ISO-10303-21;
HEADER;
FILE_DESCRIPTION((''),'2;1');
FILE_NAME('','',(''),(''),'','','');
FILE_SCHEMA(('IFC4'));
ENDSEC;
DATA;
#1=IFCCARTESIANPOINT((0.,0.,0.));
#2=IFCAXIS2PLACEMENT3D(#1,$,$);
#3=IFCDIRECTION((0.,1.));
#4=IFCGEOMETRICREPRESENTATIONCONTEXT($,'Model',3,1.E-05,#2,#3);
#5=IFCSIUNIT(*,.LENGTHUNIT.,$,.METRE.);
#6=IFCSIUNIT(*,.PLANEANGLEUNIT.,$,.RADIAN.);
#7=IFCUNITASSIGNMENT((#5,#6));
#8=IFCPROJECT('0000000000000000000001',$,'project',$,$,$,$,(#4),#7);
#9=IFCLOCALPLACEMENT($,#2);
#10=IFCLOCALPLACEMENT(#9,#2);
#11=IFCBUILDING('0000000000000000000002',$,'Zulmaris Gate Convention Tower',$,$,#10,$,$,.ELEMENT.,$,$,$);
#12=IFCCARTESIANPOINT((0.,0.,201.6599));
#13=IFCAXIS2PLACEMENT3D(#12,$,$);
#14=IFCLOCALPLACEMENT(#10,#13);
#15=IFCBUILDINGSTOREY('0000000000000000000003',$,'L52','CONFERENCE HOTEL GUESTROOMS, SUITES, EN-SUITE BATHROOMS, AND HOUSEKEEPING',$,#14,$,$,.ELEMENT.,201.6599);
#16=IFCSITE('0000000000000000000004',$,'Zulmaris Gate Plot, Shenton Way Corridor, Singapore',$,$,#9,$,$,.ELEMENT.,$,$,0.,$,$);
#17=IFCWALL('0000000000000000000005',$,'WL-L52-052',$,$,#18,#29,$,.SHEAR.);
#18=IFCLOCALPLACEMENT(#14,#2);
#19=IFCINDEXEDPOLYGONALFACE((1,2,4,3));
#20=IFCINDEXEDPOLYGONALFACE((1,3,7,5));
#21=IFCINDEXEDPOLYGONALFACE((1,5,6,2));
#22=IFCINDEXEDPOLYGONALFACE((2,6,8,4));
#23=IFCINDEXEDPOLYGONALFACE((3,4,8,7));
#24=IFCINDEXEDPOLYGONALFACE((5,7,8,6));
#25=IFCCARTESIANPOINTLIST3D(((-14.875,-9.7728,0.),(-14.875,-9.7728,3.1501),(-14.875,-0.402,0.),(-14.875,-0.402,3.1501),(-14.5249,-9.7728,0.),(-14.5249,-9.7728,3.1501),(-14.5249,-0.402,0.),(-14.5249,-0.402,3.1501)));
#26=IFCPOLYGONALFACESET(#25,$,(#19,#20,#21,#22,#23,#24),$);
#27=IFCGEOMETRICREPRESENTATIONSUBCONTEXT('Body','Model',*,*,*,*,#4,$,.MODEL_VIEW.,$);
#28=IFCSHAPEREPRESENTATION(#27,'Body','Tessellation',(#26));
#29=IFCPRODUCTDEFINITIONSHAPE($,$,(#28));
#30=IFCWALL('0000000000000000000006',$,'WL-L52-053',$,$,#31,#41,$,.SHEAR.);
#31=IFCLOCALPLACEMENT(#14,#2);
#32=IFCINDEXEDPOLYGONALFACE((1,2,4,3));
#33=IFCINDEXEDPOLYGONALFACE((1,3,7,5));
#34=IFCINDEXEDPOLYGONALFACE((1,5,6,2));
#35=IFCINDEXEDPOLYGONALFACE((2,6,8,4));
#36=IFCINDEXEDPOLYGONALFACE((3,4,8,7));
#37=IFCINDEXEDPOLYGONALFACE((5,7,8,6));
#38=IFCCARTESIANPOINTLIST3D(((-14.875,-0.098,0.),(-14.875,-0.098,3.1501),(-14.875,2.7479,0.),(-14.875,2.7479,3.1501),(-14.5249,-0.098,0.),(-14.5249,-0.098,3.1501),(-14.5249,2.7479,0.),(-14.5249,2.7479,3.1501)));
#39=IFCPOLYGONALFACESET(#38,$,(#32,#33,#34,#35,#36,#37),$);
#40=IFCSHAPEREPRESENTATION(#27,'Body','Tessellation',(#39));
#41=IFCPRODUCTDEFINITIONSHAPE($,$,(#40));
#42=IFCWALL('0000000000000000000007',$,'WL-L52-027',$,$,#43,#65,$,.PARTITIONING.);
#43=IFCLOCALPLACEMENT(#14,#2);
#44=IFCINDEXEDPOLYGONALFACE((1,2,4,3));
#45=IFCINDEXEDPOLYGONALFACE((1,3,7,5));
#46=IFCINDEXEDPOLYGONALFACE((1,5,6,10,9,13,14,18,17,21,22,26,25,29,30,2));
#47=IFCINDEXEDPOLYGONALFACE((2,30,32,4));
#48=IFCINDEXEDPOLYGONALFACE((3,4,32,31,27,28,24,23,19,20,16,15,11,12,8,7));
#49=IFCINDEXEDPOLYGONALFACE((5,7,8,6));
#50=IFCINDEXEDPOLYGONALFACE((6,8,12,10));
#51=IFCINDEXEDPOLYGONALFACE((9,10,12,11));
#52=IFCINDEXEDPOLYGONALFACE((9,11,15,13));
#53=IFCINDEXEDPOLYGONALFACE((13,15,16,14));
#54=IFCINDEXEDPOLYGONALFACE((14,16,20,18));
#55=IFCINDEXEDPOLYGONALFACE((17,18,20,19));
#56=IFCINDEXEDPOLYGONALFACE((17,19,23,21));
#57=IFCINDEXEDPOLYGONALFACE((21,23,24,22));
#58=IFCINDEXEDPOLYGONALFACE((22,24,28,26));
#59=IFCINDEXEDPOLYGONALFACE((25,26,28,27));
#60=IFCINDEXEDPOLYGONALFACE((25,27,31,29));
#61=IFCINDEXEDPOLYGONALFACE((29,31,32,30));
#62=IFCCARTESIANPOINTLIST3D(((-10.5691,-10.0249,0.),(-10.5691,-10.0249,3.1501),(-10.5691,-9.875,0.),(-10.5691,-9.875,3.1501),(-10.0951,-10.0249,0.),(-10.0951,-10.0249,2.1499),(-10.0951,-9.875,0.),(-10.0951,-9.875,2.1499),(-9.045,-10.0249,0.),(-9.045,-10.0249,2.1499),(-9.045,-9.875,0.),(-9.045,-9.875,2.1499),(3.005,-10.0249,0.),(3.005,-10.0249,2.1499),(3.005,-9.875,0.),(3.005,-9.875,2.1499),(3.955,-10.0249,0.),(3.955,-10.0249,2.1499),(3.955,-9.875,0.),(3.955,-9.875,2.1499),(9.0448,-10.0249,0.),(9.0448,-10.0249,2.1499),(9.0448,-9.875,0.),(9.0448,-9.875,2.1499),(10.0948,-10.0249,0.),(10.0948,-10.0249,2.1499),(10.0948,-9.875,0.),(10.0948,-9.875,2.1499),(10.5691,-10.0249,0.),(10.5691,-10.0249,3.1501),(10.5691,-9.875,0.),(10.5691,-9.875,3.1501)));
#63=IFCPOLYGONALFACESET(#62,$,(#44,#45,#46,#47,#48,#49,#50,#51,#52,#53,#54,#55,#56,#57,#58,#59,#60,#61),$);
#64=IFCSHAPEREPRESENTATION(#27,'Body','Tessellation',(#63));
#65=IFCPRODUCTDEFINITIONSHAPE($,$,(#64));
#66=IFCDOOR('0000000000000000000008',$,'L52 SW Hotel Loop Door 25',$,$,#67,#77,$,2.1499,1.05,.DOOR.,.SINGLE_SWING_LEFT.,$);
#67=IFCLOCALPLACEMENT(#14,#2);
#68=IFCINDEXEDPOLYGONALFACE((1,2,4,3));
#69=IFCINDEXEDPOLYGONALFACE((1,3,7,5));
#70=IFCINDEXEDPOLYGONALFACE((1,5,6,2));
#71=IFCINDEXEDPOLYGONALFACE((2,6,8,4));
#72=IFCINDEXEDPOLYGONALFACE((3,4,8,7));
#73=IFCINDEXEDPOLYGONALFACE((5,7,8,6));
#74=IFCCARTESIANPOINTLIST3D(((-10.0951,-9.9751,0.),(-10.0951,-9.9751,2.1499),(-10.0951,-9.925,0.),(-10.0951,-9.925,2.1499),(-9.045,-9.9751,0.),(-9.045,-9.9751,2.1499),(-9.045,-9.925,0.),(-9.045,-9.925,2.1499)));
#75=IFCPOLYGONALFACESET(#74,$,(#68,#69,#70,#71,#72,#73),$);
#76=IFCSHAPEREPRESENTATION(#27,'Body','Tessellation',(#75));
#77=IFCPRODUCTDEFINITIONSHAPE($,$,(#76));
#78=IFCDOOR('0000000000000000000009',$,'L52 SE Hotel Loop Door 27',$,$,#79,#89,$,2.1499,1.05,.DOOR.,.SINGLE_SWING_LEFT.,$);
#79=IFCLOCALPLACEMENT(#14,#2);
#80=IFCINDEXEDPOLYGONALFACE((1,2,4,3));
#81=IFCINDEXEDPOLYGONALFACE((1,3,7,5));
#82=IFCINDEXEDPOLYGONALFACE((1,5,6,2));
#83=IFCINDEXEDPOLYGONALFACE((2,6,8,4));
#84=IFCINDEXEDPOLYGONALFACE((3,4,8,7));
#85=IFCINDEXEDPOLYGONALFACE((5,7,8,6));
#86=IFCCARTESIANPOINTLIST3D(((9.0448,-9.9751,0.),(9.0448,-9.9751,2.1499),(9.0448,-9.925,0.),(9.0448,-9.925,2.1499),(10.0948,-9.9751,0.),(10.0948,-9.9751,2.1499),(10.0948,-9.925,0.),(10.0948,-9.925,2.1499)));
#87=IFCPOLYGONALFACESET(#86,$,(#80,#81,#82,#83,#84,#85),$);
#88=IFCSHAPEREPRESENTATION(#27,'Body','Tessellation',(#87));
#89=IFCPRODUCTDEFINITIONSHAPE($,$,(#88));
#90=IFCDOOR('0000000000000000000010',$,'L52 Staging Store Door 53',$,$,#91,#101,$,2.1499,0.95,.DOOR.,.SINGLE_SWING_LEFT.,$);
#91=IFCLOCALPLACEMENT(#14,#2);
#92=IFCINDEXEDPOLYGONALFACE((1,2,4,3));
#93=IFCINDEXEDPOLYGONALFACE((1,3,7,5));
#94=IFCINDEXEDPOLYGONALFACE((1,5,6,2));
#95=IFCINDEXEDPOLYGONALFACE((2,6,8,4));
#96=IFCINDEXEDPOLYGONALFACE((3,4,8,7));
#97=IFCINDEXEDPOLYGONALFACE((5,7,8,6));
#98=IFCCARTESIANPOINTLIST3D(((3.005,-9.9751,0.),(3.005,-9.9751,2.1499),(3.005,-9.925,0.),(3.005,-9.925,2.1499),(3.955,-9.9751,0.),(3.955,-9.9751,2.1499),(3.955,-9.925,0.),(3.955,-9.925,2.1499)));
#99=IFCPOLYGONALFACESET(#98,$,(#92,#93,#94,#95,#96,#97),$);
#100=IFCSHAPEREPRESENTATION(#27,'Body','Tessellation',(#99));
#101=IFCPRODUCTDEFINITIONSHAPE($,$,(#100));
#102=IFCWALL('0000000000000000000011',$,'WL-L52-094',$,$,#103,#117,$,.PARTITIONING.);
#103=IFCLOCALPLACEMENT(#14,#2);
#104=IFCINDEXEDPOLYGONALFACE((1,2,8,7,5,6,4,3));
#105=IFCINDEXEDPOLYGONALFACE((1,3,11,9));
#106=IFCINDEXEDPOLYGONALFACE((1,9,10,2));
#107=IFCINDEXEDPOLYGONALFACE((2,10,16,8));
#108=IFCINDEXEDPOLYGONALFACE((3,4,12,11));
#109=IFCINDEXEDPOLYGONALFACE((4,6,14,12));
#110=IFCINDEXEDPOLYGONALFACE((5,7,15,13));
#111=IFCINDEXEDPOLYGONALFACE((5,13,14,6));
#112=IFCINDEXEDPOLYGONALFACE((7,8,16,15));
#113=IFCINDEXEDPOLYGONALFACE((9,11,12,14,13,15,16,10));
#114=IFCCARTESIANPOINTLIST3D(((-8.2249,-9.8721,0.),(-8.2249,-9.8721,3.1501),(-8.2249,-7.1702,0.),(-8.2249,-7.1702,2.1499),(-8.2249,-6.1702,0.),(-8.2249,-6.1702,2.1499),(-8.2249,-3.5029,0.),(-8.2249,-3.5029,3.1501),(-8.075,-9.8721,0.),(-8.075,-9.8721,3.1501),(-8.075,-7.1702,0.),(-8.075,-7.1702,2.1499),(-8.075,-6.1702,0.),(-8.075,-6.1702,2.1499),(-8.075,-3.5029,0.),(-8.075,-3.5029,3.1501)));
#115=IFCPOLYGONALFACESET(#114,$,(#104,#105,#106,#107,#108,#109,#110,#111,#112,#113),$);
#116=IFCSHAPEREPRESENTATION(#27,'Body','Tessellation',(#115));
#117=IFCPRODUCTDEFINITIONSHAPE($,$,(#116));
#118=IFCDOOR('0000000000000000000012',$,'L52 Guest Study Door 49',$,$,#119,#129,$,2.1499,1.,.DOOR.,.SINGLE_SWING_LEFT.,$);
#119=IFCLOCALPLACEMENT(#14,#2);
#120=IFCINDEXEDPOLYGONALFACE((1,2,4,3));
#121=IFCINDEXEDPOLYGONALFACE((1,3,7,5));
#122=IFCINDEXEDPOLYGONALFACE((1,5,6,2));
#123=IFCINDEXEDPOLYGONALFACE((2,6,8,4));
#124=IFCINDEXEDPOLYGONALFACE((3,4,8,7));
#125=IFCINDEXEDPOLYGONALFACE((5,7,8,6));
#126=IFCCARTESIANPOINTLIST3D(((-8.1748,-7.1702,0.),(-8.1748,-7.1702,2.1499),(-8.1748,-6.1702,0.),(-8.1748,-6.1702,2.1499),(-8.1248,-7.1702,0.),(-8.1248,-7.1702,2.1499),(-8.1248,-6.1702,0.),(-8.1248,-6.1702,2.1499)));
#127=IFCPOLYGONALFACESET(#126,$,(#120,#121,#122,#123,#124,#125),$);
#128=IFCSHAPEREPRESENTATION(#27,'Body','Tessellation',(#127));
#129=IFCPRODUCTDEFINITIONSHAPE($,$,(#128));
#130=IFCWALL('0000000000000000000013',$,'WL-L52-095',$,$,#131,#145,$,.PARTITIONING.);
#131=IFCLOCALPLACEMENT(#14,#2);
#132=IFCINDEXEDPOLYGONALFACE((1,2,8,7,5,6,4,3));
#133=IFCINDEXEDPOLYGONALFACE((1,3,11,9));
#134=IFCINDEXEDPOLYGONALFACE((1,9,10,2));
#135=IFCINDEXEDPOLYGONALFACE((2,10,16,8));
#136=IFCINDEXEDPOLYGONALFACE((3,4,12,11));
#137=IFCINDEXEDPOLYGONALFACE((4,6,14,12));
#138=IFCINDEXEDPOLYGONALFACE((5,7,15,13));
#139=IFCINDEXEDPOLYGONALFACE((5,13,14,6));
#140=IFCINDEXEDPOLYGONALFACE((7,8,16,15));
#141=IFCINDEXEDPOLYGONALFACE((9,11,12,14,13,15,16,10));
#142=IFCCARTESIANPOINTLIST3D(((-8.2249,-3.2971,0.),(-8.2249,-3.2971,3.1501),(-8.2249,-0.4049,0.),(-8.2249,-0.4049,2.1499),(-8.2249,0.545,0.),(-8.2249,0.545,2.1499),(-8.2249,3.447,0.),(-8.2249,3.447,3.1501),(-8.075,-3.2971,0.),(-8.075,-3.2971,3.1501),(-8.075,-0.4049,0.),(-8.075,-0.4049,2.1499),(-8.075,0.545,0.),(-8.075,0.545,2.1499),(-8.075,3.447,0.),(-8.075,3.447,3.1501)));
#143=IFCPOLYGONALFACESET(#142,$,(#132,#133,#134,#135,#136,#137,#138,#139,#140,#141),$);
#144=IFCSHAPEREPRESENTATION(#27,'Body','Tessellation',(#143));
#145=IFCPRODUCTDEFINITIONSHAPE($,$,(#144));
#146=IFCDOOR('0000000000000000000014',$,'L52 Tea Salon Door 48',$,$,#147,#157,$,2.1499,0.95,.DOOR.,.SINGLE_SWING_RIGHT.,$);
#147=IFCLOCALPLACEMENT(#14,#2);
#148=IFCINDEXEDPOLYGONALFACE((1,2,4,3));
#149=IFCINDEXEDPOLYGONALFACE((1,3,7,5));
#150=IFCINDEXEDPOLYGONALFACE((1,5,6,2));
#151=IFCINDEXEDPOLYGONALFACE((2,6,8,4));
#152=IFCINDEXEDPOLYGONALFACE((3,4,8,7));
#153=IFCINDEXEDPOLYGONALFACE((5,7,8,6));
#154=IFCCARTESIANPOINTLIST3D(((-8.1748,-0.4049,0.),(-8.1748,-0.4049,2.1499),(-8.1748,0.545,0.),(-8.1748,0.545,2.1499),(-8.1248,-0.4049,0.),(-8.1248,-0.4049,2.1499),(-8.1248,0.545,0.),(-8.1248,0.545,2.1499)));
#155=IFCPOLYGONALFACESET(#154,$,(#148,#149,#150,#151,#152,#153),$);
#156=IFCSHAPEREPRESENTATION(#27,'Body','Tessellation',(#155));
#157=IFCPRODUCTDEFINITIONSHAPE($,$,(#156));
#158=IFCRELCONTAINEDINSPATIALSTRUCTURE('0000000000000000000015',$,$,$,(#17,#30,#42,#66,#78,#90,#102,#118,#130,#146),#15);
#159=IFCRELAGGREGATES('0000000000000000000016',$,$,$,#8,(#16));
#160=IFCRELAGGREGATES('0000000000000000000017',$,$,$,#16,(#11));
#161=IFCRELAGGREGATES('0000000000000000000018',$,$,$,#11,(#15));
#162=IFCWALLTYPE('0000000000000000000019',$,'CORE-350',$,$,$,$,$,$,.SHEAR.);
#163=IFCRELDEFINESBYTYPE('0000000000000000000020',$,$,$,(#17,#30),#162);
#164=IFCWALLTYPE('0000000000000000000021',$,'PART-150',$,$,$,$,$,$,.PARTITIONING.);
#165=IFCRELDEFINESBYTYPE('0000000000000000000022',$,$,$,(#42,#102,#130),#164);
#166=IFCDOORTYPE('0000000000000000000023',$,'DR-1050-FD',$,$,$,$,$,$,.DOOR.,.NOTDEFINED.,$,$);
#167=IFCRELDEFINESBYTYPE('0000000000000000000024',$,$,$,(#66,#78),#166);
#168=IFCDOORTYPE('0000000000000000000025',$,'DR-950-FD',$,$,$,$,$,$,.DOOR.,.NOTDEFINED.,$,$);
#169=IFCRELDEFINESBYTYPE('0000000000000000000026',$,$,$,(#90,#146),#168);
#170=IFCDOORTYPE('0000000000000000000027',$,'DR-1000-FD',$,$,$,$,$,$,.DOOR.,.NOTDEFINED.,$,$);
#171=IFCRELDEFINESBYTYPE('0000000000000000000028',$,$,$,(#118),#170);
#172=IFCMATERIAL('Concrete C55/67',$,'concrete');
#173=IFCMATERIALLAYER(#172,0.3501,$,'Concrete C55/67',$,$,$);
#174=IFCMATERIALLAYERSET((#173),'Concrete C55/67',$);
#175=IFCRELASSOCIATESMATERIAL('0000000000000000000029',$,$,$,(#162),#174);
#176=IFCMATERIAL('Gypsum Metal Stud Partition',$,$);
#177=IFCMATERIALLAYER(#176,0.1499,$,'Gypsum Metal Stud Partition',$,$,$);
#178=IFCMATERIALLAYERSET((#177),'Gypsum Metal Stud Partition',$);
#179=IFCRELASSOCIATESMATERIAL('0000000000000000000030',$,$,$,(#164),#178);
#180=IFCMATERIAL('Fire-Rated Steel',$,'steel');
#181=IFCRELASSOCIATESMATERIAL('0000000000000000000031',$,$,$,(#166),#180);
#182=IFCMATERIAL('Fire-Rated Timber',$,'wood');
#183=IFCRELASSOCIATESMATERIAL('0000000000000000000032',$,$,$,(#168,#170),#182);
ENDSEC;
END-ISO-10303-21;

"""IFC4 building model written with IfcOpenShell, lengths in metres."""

from ifc_helpers import new_model, si_unit, direction, frame, frame_2d, origin, place, context, subcontext, project, spatial, rectangle, extrude, material, layer, layer_set, type_object, element, fill, save


model = new_model("IFC4")

# Units and contexts
model_context = context("Model", 3, precision=1e-05, world=origin(), true_north=direction((0.0, 1.0)))
body_context = subcontext(model_context, "Body", "Model", "MODEL_VIEW")
ifc_project = project(units=[si_unit("LENGTHUNIT", "METRE"), si_unit("PLANEANGLEUNIT", "RADIAN")], contexts=[model_context])

# Site, building, storey
site_placement = place(None, origin())
site = spatial("IfcSite", under=ifc_project, at=site_placement, Name="Zulmaris Gate Plot, Shenton Way Corridor, Singapore", CompositionType="ELEMENT", RefElevation=0.0)
building_placement = place(site_placement, origin())
building = spatial("IfcBuilding", under=site, at=building_placement, Name="Zulmaris Gate Convention Tower", CompositionType="ELEMENT")
storey_placement = place(building_placement, frame((0.0, 0.0, 201.6599)))
storey = spatial("IfcBuildingStorey", under=building, at=storey_placement, Name="L52", Description="CONFERENCE HOTEL GUESTROOMS, SUITES, EN-SUITE BATHROOMS, AND HOUSEKEEPING", CompositionType="ELEMENT", Elevation=201.6599)

# Walls
ifc_material_1 = material(Name="Concrete C55/67", Category="concrete")
ifc_layer_1 = layer(ifc_material_1, 0.3501, Name="Concrete C55/67")
ifc_layer_set_1 = layer_set([ifc_layer_1], Name="Concrete C55/67")
wall_type_1 = type_object("IfcWallType", Name="CORE-350", PredefinedType="SHEAR", material=ifc_layer_set_1)
wall_1_placement = place(storey_placement, frame((-14.7, -9.7729, 0.0), z_axis=(0.0, 0.0, 1.0), x_axis=(0.0, 1.0, 0.0)))
element("IfcWall", 1, at=wall_1_placement, inside=storey, type_object=wall_type_1, Name="WL-L52-052", PredefinedType="SHEAR", context=body_context, shape_type="SweptSolid", body=[
    extrude(rectangle(XDim=9.3708, YDim=0.3501, at=frame_2d((4.6855, 0.0))), origin(), (0.0, 0.0, 1.0), 3.1501),
])
wall_2_placement = place(storey_placement, frame((-14.7, -0.0979, 0.0), z_axis=(0.0, 0.0, 1.0), x_axis=(0.0, 1.0, 0.0)))
element("IfcWall", 2, at=wall_2_placement, inside=storey, type_object=wall_type_1, Name="WL-L52-053", PredefinedType="SHEAR", context=body_context, shape_type="SweptSolid", body=[
    extrude(rectangle(XDim=2.8459, YDim=0.3501, at=frame_2d((1.4229, 0.0))), origin(), (0.0, 0.0, 1.0), 3.1501),
])

# Wall, openings, doors
ifc_material_2 = material(Name="Gypsum Metal Stud Partition")
ifc_layer_2 = layer(ifc_material_2, 0.1499, Name="Gypsum Metal Stud Partition")
ifc_layer_set_2 = layer_set([ifc_layer_2], Name="Gypsum Metal Stud Partition")
wall_type_2 = type_object("IfcWallType", Name="PART-150", PredefinedType="PARTITIONING", material=ifc_layer_set_2)
wall_3_placement = place(storey_placement, frame((-10.5691, -9.95, 0.0), z_axis=(0.0, 0.0, 1.0), x_axis=(1.0, 0.0, 0.0)))
wall_3 = element("IfcWall", 3, at=wall_3_placement, inside=storey, type_object=wall_type_2, Name="WL-L52-027", PredefinedType="PARTITIONING", context=body_context, shape_type="SweptSolid", body=[
    extrude(rectangle(XDim=21.1382, YDim=0.1499, at=frame_2d((10.5691, 0.0))), origin(), (0.0, 0.0, 1.0), 3.1501),
])
opening_1_placement = place(wall_3_placement, frame((0.4741, 0.0, 0.0)))
opening_1 = element("IfcOpeningElement", 4, at=opening_1_placement, cuts=wall_3, PredefinedType="OPENING", context=body_context, shape_type="SweptSolid", body=[
    extrude(rectangle(XDim=1.05, YDim=2.1499, at=frame_2d((0.5249, 1.075))), frame((0.0, 0.085, 0.0), z_axis=(0.0, -1.0, 0.0), x_axis=(1.0, 0.0, 0.0)), (0.0, 0.0, 1.0), 0.1699),
])
opening_2_placement = place(wall_3_placement, frame((19.614, 0.0, 0.0)))
opening_2 = element("IfcOpeningElement", 5, at=opening_2_placement, cuts=wall_3, PredefinedType="OPENING", context=body_context, shape_type="SweptSolid", body=[
    extrude(rectangle(XDim=1.05, YDim=2.1499, at=frame_2d((0.5249, 1.075))), frame((0.0, 0.085, 0.0), z_axis=(0.0, -1.0, 0.0), x_axis=(1.0, 0.0, 0.0)), (0.0, 0.0, 1.0), 0.1699),
])
opening_3_placement = place(wall_3_placement, frame((13.574, 0.0, 0.0)))
opening_3 = element("IfcOpeningElement", 6, at=opening_3_placement, cuts=wall_3, PredefinedType="OPENING", context=body_context, shape_type="SweptSolid", body=[
    extrude(rectangle(XDim=0.95, YDim=2.1499, at=frame_2d((0.4751, 1.075))), frame((0.0, 0.085, 0.0), z_axis=(0.0, -1.0, 0.0), x_axis=(1.0, 0.0, 0.0)), (0.0, 0.0, 1.0), 0.1699),
])
ifc_material_3 = material(Name="Fire-Rated Steel", Category="steel")
door_type_1 = type_object("IfcDoorType", Name="DR-1050-FD", OperationType="NOTDEFINED", PredefinedType="DOOR", material=ifc_material_3)
door_1_placement = place(opening_1_placement, origin())
door_1 = element("IfcDoor", 7, at=door_1_placement, inside=storey, type_object=door_type_1, Name="L52 SW Hotel Loop Door 25", OperationType="SINGLE_SWING_LEFT", OverallHeight=2.1499, OverallWidth=1.05, PredefinedType="DOOR", context=body_context, shape_type="SweptSolid", body=[
    extrude(rectangle(XDim=1.05, YDim=2.1499, at=frame_2d((0.5249, 1.075))), frame((0.0, 0.0249, 0.0), z_axis=(0.0, -1.0, 0.0), x_axis=(1.0, 0.0, 0.0)), (0.0, 0.0, 1.0), 0.05),
])
fill(opening_1, door_1)
door_2_placement = place(opening_2_placement, origin())
door_2 = element("IfcDoor", 8, at=door_2_placement, inside=storey, type_object=door_type_1, Name="L52 SE Hotel Loop Door 27", OperationType="SINGLE_SWING_LEFT", OverallHeight=2.1499, OverallWidth=1.05, PredefinedType="DOOR", context=body_context, shape_type="SweptSolid", body=[
    extrude(rectangle(XDim=1.05, YDim=2.1499, at=frame_2d((0.5249, 1.075))), frame((0.0, 0.0249, 0.0), z_axis=(0.0, -1.0, 0.0), x_axis=(1.0, 0.0, 0.0)), (0.0, 0.0, 1.0), 0.05),
])
fill(opening_2, door_2)
ifc_material_4 = material(Name="Fire-Rated Timber", Category="wood")
door_type_2 = type_object("IfcDoorType", Name="DR-950-FD", OperationType="NOTDEFINED", PredefinedType="DOOR", material=ifc_material_4)
door_3_placement = place(opening_3_placement, origin())
door_3 = element("IfcDoor", 9, at=door_3_placement, inside=storey, type_object=door_type_2, Name="L52 Staging Store Door 53", OperationType="SINGLE_SWING_LEFT", OverallHeight=2.1499, OverallWidth=0.95, PredefinedType="DOOR", context=body_context, shape_type="SweptSolid", body=[
    extrude(rectangle(XDim=0.95, YDim=2.1499, at=frame_2d((0.4751, 1.075))), frame((0.0, 0.0249, 0.0), z_axis=(0.0, -1.0, 0.0), x_axis=(1.0, 0.0, 0.0)), (0.0, 0.0, 1.0), 0.05),
])
fill(opening_3, door_3)

# Walls, openings, doors
wall_4_placement = place(storey_placement, frame((-8.1499, -9.8721, 0.0), z_axis=(0.0, 0.0, 1.0), x_axis=(0.0, 1.0, 0.0)))
wall_4 = element("IfcWall", 10, at=wall_4_placement, inside=storey, type_object=wall_type_2, Name="WL-L52-094", PredefinedType="PARTITIONING", context=body_context, shape_type="SweptSolid", body=[
    extrude(rectangle(XDim=6.3691, YDim=0.1499, at=frame_2d((3.1846, 0.0))), origin(), (0.0, 0.0, 1.0), 3.1501),
])
opening_4_placement = place(wall_4_placement, frame((2.7019, 0.0, 0.0)))
opening_4 = element("IfcOpeningElement", 11, at=opening_4_placement, cuts=wall_4, PredefinedType="OPENING", context=body_context, shape_type="SweptSolid", body=[
    extrude(rectangle(XDim=1.0, YDim=2.1499, at=frame_2d((0.5, 1.075))), frame((0.0, 0.085, 0.0), z_axis=(0.0, -1.0, 0.0), x_axis=(1.0, 0.0, 0.0)), (0.0, 0.0, 1.0), 0.1699),
])
door_type_3 = type_object("IfcDoorType", Name="DR-1000-FD", OperationType="NOTDEFINED", PredefinedType="DOOR", material=ifc_material_4)
door_4_placement = place(opening_4_placement, origin())
door_4 = element("IfcDoor", 12, at=door_4_placement, inside=storey, type_object=door_type_3, Name="L52 Guest Study Door 49", OperationType="SINGLE_SWING_LEFT", OverallHeight=2.1499, OverallWidth=1.0, PredefinedType="DOOR", context=body_context, shape_type="SweptSolid", body=[
    extrude(rectangle(XDim=1.0, YDim=2.1499, at=frame_2d((0.5, 1.075))), frame((0.0, 0.0249, 0.0), z_axis=(0.0, -1.0, 0.0), x_axis=(1.0, 0.0, 0.0)), (0.0, 0.0, 1.0), 0.05),
])
fill(opening_4, door_4)
wall_5_placement = place(storey_placement, frame((-8.1499, -3.2971, 0.0), z_axis=(0.0, 0.0, 1.0), x_axis=(0.0, 1.0, 0.0)))
wall_5 = element("IfcWall", 13, at=wall_5_placement, inside=storey, type_object=wall_type_2, Name="WL-L52-095", PredefinedType="PARTITIONING", context=body_context, shape_type="SweptSolid", body=[
    extrude(rectangle(XDim=6.7441, YDim=0.1499, at=frame_2d((3.3721, 0.0))), origin(), (0.0, 0.0, 1.0), 3.1501),
])
opening_5_placement = place(wall_5_placement, frame((2.8921, 0.0, 0.0)))
opening_5 = element("IfcOpeningElement", 14, at=opening_5_placement, cuts=wall_5, PredefinedType="OPENING", context=body_context, shape_type="SweptSolid", body=[
    extrude(rectangle(XDim=0.95, YDim=2.1499, at=frame_2d((0.4751, 1.075))), frame((0.0, 0.085, 0.0), z_axis=(0.0, -1.0, 0.0), x_axis=(1.0, 0.0, 0.0)), (0.0, 0.0, 1.0), 0.1699),
])
door_5_placement = place(opening_5_placement, origin())
door_5 = element("IfcDoor", 15, at=door_5_placement, inside=storey, type_object=door_type_2, Name="L52 Tea Salon Door 48", OperationType="SINGLE_SWING_RIGHT", OverallHeight=2.1499, OverallWidth=0.95, PredefinedType="DOOR", context=body_context, shape_type="SweptSolid", body=[
    extrude(rectangle(XDim=0.95, YDim=2.1499, at=frame_2d((0.4751, 1.075))), frame((0.0, 0.0249, 0.0), z_axis=(0.0, -1.0, 0.0), x_axis=(1.0, 0.0, 0.0)), (0.0, 0.0, 1.0), 0.05),
])
fill(opening_5, door_5)

save(model, "model.ifc")
